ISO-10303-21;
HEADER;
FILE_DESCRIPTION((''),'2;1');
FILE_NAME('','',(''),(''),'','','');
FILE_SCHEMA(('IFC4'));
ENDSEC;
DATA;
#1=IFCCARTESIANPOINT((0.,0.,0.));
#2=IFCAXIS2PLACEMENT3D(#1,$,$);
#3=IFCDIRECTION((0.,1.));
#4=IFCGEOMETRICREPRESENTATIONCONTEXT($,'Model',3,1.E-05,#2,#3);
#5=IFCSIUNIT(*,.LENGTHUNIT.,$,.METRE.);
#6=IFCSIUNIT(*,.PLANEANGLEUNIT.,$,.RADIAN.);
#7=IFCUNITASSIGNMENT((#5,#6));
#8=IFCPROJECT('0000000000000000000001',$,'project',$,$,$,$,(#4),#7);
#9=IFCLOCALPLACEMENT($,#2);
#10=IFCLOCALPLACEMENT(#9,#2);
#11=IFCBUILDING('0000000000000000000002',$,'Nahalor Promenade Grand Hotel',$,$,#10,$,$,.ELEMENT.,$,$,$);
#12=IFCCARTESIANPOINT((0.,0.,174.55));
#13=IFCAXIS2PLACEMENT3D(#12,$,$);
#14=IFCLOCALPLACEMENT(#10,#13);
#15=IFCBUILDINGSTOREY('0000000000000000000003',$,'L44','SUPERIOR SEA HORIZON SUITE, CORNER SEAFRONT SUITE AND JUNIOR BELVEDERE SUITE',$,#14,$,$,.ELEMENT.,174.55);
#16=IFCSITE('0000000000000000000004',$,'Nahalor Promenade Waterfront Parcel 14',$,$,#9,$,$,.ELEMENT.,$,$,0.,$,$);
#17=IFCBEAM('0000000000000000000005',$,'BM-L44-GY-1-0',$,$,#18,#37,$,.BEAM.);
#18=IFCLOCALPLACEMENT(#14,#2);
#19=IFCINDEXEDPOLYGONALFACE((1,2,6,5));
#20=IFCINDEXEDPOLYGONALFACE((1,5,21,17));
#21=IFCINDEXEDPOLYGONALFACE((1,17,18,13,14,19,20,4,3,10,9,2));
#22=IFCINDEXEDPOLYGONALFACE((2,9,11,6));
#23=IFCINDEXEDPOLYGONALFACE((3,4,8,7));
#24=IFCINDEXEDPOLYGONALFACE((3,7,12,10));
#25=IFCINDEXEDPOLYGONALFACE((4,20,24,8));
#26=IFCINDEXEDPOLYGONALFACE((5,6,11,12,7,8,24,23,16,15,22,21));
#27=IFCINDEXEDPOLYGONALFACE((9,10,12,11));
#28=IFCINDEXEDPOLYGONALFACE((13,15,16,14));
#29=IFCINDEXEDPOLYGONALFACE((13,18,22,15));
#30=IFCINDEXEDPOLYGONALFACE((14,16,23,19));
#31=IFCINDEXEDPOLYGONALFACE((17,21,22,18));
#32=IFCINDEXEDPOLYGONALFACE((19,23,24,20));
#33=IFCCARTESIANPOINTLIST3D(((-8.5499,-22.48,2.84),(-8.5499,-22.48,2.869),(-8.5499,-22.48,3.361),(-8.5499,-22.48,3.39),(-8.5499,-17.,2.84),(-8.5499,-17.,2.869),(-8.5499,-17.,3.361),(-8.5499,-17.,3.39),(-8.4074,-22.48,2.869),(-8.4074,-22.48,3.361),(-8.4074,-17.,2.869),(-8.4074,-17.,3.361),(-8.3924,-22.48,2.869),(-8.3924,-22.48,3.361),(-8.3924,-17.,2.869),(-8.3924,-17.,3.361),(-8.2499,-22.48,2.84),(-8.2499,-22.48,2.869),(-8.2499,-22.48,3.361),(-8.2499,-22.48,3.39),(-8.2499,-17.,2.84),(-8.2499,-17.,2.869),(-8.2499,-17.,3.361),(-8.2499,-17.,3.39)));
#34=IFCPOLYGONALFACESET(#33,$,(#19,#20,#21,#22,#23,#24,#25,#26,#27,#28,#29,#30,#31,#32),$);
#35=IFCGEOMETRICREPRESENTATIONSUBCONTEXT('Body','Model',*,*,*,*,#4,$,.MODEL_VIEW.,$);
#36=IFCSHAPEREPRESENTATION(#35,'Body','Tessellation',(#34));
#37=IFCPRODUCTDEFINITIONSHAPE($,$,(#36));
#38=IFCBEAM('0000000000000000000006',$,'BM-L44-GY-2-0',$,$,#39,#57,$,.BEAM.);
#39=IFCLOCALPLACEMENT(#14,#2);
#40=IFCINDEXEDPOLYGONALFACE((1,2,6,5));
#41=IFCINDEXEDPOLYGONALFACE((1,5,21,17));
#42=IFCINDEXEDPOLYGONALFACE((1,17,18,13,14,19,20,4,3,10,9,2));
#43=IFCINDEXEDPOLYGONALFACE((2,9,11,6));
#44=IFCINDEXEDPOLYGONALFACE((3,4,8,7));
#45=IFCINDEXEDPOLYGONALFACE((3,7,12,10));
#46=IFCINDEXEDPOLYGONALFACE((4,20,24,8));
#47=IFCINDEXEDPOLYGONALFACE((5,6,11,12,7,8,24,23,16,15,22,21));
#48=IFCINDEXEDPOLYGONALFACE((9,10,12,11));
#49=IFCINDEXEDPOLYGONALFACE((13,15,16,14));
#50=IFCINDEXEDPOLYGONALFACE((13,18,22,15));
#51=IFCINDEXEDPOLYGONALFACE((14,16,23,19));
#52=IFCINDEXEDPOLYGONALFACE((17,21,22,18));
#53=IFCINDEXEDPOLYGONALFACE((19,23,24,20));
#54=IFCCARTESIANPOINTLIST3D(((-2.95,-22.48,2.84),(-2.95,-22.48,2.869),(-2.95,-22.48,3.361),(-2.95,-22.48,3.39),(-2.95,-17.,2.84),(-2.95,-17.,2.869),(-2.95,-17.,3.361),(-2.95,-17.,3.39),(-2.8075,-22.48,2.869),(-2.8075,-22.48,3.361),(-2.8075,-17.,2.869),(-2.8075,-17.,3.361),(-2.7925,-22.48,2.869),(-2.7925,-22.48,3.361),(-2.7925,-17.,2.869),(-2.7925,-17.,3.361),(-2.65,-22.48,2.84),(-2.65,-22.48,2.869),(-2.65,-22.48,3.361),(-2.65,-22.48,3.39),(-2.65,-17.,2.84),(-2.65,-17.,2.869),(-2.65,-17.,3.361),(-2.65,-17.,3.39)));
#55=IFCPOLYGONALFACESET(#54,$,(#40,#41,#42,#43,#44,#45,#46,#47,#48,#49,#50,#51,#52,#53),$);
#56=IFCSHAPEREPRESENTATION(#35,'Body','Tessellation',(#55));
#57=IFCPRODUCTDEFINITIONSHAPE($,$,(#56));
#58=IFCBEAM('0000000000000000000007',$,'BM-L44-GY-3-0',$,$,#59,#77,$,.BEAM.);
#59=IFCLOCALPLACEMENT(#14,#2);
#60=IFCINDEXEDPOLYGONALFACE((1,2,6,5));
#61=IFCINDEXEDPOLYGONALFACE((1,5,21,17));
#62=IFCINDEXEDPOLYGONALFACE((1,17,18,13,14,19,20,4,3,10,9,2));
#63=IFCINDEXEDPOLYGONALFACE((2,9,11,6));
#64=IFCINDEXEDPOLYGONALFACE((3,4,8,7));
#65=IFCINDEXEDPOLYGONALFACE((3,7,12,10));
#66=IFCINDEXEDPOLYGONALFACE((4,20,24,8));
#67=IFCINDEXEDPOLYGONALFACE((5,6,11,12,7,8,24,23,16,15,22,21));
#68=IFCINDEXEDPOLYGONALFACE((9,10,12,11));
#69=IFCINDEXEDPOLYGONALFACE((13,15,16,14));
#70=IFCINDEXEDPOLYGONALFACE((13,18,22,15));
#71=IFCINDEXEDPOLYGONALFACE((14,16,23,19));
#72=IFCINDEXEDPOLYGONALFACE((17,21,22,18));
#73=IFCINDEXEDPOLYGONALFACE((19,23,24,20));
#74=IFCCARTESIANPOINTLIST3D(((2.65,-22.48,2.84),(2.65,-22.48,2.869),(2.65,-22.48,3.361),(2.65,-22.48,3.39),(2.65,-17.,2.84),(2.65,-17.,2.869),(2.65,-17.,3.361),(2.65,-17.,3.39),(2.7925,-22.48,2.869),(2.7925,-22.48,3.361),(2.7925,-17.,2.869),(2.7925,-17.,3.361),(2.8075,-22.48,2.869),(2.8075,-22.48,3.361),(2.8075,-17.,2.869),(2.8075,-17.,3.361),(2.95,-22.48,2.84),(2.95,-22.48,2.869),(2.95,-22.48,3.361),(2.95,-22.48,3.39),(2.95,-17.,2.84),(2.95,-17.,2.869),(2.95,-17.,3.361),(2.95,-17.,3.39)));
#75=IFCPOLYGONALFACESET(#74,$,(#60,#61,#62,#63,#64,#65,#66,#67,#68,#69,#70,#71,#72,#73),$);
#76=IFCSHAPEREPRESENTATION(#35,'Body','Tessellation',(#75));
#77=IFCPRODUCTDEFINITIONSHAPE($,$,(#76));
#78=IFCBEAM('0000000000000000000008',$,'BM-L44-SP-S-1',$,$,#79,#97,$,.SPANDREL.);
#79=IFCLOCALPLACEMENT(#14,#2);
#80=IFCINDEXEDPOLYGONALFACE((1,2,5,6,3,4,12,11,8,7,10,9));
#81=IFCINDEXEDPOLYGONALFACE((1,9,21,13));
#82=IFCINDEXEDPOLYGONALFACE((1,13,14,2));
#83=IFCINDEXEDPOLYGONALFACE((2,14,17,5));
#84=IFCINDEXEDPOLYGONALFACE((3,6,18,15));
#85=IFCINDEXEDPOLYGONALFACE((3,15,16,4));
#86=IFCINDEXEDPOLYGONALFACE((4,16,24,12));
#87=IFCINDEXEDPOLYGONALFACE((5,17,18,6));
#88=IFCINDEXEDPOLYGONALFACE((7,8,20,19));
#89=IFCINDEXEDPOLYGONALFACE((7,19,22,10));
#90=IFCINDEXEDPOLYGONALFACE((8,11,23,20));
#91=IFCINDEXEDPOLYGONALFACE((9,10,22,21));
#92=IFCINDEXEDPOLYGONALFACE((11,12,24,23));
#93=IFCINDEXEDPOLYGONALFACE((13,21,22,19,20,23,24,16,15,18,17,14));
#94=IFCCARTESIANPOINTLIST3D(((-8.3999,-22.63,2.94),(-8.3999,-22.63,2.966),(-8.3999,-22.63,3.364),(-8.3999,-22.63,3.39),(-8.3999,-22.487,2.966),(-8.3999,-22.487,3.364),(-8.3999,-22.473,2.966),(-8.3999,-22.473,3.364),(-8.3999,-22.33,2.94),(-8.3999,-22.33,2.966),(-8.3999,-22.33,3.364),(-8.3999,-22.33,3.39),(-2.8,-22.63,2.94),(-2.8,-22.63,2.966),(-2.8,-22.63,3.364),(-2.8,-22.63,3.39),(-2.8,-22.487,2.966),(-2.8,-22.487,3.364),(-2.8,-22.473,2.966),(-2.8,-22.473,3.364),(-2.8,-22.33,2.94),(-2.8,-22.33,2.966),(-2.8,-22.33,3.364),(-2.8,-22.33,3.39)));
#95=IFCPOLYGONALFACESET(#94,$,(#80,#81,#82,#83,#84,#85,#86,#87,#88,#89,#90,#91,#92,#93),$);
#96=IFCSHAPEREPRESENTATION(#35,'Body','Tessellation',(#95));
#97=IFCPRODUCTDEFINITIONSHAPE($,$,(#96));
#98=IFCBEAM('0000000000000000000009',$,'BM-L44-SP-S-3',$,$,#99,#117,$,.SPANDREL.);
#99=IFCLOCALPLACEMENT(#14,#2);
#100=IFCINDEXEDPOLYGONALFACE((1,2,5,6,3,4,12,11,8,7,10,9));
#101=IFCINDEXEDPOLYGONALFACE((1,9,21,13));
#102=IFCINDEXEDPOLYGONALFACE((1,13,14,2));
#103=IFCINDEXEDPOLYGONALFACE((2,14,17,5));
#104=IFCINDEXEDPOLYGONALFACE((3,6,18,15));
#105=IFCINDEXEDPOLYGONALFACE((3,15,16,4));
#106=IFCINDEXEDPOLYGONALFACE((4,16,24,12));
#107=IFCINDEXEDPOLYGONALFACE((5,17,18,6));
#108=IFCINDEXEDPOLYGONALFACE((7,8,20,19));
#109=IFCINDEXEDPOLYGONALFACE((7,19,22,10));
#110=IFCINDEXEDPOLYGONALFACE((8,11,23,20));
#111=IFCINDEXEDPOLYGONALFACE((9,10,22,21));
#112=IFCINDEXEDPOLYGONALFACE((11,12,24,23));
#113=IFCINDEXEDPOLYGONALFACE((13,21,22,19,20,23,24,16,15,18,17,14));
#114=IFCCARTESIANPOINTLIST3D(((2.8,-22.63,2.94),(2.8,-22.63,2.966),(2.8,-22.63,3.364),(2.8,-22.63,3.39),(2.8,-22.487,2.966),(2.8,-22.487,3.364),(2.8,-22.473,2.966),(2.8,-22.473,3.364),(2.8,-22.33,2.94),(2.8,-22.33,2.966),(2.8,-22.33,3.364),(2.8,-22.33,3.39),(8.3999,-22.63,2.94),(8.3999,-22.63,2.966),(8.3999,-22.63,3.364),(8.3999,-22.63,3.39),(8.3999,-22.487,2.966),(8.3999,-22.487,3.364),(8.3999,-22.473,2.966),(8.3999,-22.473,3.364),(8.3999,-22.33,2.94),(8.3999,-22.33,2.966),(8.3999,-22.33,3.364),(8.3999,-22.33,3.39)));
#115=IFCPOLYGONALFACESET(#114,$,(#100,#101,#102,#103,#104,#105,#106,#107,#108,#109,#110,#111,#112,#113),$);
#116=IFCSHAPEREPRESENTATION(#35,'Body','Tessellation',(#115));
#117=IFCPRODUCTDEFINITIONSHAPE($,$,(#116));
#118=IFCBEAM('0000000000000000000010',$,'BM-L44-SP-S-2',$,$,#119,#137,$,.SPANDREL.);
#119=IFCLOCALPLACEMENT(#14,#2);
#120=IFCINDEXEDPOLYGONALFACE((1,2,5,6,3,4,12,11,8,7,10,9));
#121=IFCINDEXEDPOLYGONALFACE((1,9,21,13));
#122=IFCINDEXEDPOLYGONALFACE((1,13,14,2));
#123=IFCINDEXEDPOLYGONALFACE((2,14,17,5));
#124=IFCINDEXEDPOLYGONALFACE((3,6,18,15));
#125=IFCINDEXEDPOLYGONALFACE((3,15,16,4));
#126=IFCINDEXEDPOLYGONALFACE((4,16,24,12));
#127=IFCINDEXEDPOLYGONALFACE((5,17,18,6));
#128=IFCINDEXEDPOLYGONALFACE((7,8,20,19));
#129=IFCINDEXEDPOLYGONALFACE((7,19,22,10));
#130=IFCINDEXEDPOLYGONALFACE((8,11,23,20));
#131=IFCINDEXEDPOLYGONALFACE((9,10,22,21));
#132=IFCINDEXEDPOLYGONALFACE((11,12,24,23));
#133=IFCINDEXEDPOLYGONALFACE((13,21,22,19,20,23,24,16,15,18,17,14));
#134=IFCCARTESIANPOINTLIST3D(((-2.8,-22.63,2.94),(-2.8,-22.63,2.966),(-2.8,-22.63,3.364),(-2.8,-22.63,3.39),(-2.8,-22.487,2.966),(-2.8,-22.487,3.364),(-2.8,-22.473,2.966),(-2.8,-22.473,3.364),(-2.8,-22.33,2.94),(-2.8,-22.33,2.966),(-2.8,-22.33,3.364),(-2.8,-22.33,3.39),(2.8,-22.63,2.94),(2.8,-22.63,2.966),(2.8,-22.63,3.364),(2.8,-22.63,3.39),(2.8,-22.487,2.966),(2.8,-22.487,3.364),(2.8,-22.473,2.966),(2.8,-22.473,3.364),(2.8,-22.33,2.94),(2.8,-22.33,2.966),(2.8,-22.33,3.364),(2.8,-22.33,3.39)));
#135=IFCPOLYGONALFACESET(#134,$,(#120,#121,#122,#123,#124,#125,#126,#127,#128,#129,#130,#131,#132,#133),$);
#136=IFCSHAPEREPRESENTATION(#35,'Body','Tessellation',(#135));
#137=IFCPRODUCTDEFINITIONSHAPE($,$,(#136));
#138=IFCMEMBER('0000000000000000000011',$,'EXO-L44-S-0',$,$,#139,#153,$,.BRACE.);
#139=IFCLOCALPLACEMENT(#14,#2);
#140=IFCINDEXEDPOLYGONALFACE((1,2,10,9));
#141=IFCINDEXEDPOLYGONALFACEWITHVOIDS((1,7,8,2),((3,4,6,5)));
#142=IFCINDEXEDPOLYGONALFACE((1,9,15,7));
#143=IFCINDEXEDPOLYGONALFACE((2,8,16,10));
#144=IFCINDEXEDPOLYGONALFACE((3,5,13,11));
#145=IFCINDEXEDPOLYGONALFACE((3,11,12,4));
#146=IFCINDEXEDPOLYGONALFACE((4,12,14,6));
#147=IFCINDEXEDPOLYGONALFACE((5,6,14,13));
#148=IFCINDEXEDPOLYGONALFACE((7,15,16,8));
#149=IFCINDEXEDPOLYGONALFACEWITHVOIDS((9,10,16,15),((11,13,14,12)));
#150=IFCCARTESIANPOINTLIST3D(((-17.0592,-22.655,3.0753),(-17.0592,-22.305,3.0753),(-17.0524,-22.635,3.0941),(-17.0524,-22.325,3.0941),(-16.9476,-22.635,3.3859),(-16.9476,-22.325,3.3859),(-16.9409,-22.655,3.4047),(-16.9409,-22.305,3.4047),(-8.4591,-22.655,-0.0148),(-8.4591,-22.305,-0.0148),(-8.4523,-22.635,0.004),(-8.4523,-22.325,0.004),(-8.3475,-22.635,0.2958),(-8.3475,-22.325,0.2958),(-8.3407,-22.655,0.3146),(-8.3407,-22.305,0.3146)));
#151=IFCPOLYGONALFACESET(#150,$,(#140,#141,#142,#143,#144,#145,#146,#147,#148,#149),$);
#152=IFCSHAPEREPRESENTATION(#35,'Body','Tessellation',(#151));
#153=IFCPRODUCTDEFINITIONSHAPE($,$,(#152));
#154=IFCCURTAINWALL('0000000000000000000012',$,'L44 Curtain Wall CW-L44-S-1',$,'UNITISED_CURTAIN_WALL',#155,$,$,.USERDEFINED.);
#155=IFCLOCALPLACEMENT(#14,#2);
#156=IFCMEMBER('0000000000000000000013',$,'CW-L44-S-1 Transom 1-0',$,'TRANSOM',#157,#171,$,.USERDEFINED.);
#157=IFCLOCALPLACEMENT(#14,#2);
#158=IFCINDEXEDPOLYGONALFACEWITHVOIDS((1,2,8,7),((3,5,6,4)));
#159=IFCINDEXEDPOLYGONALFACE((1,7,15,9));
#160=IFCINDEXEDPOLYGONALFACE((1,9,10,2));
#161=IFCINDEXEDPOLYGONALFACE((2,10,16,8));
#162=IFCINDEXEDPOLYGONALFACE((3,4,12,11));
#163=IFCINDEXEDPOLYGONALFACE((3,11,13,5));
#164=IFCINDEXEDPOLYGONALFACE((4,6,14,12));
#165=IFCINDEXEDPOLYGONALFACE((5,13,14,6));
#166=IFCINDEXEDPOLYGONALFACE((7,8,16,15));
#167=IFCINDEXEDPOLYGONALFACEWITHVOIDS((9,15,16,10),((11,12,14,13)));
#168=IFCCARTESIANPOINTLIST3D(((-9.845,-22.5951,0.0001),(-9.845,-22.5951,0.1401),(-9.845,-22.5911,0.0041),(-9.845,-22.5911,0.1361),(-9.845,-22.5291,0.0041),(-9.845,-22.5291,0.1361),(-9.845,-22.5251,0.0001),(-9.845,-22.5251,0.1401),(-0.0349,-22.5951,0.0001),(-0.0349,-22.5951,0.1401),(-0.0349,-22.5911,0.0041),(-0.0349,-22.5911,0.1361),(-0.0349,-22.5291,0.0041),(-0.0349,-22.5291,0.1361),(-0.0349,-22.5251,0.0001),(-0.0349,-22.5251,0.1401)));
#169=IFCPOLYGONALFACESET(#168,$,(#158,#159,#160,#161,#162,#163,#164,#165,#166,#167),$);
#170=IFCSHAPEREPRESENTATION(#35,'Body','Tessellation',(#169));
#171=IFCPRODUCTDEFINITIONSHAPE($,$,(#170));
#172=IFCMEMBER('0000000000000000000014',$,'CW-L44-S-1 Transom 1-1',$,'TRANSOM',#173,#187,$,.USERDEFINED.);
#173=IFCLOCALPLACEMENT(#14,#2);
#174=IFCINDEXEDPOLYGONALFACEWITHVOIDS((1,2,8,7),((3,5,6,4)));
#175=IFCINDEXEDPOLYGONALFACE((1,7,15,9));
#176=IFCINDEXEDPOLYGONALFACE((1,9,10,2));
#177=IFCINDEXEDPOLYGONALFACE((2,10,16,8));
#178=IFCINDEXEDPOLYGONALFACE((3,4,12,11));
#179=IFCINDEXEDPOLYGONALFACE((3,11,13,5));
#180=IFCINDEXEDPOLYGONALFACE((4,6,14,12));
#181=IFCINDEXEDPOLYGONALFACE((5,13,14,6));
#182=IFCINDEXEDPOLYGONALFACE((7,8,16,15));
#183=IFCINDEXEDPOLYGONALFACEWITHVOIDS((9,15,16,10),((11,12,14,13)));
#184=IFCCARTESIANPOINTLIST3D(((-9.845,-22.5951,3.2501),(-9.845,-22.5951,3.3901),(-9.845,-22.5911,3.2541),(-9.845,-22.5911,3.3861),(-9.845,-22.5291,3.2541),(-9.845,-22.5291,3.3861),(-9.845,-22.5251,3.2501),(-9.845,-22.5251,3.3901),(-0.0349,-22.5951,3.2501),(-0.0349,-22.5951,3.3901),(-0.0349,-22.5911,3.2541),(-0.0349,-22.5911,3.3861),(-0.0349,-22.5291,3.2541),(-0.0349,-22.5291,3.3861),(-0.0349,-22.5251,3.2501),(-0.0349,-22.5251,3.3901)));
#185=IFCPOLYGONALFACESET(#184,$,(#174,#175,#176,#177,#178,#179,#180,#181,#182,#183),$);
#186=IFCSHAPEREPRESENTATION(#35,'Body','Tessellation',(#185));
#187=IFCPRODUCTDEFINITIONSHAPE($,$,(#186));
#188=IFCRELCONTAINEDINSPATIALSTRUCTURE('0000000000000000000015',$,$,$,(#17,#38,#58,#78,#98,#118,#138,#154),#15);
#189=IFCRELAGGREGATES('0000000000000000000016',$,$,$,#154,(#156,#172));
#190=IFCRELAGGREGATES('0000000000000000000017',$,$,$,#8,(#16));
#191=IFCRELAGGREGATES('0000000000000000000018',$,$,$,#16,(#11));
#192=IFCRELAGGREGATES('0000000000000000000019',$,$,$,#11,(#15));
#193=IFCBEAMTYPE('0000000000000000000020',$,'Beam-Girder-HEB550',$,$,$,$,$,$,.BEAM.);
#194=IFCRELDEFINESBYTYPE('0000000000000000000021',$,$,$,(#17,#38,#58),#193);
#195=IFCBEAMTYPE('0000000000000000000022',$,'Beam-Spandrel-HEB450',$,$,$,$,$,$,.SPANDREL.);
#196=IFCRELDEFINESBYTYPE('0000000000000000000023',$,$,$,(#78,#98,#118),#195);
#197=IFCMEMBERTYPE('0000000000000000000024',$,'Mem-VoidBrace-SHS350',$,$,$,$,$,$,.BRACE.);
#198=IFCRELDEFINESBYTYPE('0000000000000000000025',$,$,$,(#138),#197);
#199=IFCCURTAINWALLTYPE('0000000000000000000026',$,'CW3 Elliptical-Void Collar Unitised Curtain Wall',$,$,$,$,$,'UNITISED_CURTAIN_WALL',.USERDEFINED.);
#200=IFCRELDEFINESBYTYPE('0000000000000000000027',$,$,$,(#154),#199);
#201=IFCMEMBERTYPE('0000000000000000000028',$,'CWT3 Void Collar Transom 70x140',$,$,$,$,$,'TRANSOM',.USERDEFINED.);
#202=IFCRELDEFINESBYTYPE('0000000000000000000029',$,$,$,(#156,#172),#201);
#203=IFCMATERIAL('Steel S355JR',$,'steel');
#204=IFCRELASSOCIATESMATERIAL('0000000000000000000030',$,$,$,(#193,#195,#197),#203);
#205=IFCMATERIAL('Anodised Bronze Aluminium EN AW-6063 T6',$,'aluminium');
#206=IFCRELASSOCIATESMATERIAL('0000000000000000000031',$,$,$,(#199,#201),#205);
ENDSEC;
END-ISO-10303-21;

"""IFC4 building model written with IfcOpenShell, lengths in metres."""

from ifc_helpers import new_model, si_unit, direction, frame, origin, origin_2d, place, context, subcontext, project, spatial, hollow_rectangle, i_section, extrude, source, transform, mapped, material, material_profile, profile_set, type_object, element, aggregate, save


model = new_model("IFC4")

# Units and contexts
model_context = context("Model", 3, precision=1e-05, world=origin(), true_north=direction((0.0, 1.0)))
body_context = subcontext(model_context, "Body", "Model", "MODEL_VIEW")
ifc_project = project(units=[si_unit("LENGTHUNIT", "METRE"), si_unit("PLANEANGLEUNIT", "RADIAN")], contexts=[model_context])

# Site, building, storey
site_placement = place(None, origin())
site = spatial("IfcSite", under=ifc_project, at=site_placement, Name="Nahalor Promenade Waterfront Parcel 14", CompositionType="ELEMENT", RefElevation=0.0)
building_placement = place(site_placement, origin())
building = spatial("IfcBuilding", under=site, at=building_placement, Name="Nahalor Promenade Grand Hotel", CompositionType="ELEMENT")
storey_placement = place(building_placement, frame((0.0, 0.0, 174.55)))
storey = spatial("IfcBuildingStorey", under=building, at=storey_placement, Name="L44", Description="SUPERIOR SEA HORIZON SUITE, CORNER SEAFRONT SUITE AND JUNIOR BELVEDERE SUITE", CompositionType="ELEMENT", Elevation=174.55)

# Beams
ifc_material_1 = material(Name="Steel S355JR", Category="steel")
ifc_material_profile_1 = material_profile(ifc_material_1, i_section(OverallWidth=0.3, OverallDepth=0.55, WebThickness=0.015, FlangeThickness=0.029, at=origin_2d()), Name="HEB 550")
ifc_profile_set_1 = profile_set([ifc_material_profile_1], Name="Steel S355JR")
beam_type_1 = type_object("IfcBeamType", Name="Beam-Girder-HEB550", PredefinedType="BEAM", material=ifc_profile_set_1)
shared_shape_1 = source(origin(), body_context, "Body", "SweptSolid", [
    extrude(i_section(OverallWidth=0.3, OverallDepth=0.55, WebThickness=0.015, FlangeThickness=0.029, at=origin_2d()), origin(), (0.0, 0.0, 1.0), 5.48),
])
for number, where, z_axis, x_axis, name in (
    (1, (-8.3999, -22.48, 3.115), (0.0, 1.0, 0.0), (-1.0, 0.0, 0.0), "BM-L44-GY-1-0"),
    (2, (-2.8, -22.48, 3.115), (0.0, 1.0, 0.0), (-1.0, 0.0, 0.0), "BM-L44-GY-2-0"),
    (3, (2.8, -22.48, 3.115), (0.0, 1.0, 0.0), (-1.0, 0.0, 0.0), "BM-L44-GY-3-0"),
):
    element("IfcBeam", number, at=place(storey_placement, frame(where, z_axis=z_axis, x_axis=x_axis)), inside=storey, type_object=beam_type_1, Name=name, PredefinedType="BEAM", context=body_context, shape_type="MappedRepresentation", body=[
        mapped(shared_shape_1, transform((0.0, 0.0, 0.0), scale=1.0)),
    ])
ifc_material_profile_2 = material_profile(ifc_material_1, i_section(OverallWidth=0.3, OverallDepth=0.45, WebThickness=0.014, FlangeThickness=0.026, at=origin_2d()), Name="HEB 450")
ifc_profile_set_2 = profile_set([ifc_material_profile_2], Name="Steel S355JR")
beam_type_2 = type_object("IfcBeamType", Name="Beam-Spandrel-HEB450", PredefinedType="SPANDREL", material=ifc_profile_set_2)
shared_shape_2 = source(origin(), body_context, "Body", "SweptSolid", [
    extrude(i_section(OverallWidth=0.3, OverallDepth=0.45, WebThickness=0.014, FlangeThickness=0.026, at=origin_2d()), origin(), (0.0, 0.0, 1.0), 5.5999),
])
for number, where, z_axis, x_axis, name in (
    (4, (-8.3999, -22.48, 3.165), (1.0, 0.0, 0.0), (0.0, 1.0, 0.0), "BM-L44-SP-S-1"),
    (5, (2.8, -22.48, 3.165), (1.0, 0.0, 0.0), (0.0, 1.0, 0.0), "BM-L44-SP-S-3"),
):
    element("IfcBeam", number, at=place(storey_placement, frame(where, z_axis=z_axis, x_axis=x_axis)), inside=storey, type_object=beam_type_2, Name=name, PredefinedType="SPANDREL", context=body_context, shape_type="MappedRepresentation", body=[
        mapped(shared_shape_2, transform((0.0, 0.0, 0.0), scale=1.0)),
    ])
shared_shape_3 = source(origin(), body_context, "Body", "SweptSolid", [
    extrude(i_section(OverallWidth=0.3, OverallDepth=0.45, WebThickness=0.014, FlangeThickness=0.026, at=origin_2d()), origin(), (0.0, 0.0, 1.0), 5.6001),
])
beam_1_placement = place(storey_placement, frame((-2.8, -22.48, 3.165), z_axis=(1.0, 0.0, 0.0), x_axis=(0.0, 1.0, 0.0)))
element("IfcBeam", 6, at=beam_1_placement, inside=storey, type_object=beam_type_2, Name="BM-L44-SP-S-2", PredefinedType="SPANDREL", context=body_context, shape_type="MappedRepresentation", body=[
    mapped(shared_shape_3, transform((0.0, 0.0, 0.0), scale=1.0)),
])

# Member
ifc_material_profile_3 = material_profile(ifc_material_1, hollow_rectangle(XDim=0.35, YDim=0.35, WallThickness=0.02, at=origin_2d()), Name="SHS 350x350x20")
ifc_profile_set_3 = profile_set([ifc_material_profile_3], Name="Steel S355JR")
member_type_1 = type_object("IfcMemberType", Name="Mem-VoidBrace-SHS350", PredefinedType="BRACE", material=ifc_profile_set_3)
shared_shape_4 = source(origin(), body_context, "Body", "SweptSolid", [
    extrude(hollow_rectangle(XDim=0.35, YDim=0.35, WallThickness=0.02, at=origin_2d()), origin(), (0.0, 0.0, 1.0), 9.1384),
])
member_1_placement = place(storey_placement, frame((-8.3999, -22.48, 0.1499), z_axis=(-0.941095, 0.0, 0.338143), x_axis=(0.0, -1.0, 0.0)))
element("IfcMember", 7, at=member_1_placement, inside=storey, type_object=member_type_1, Name="EXO-L44-S-0", PredefinedType="BRACE", context=body_context, shape_type="MappedRepresentation", body=[
    mapped(shared_shape_4, transform((0.0, 0.0, 0.0), scale=1.0)),
])

# Curtain wall, members
ifc_material_2 = material(Name="Anodised Bronze Aluminium EN AW-6063 T6", Category="aluminium")
curtain_wall_type = type_object("IfcCurtainWallType", Name="CW3 Elliptical-Void Collar Unitised Curtain Wall", ElementType="UNITISED_CURTAIN_WALL", PredefinedType="USERDEFINED", material=ifc_material_2)
curtain_wall_placement = place(storey_placement, origin())
curtain_wall = element("IfcCurtainWall", 8, at=curtain_wall_placement, inside=storey, type_object=curtain_wall_type, Name="L44 Curtain Wall CW-L44-S-1", ObjectType="UNITISED_CURTAIN_WALL", PredefinedType="USERDEFINED")
ifc_material_profile_4 = material_profile(ifc_material_2, hollow_rectangle(XDim=0.07, YDim=0.14, WallThickness=0.004, at=origin_2d()), Name="CWT 70x140x4")
ifc_profile_set_4 = profile_set([ifc_material_profile_4], Name="Anodised Bronze Aluminium EN AW-6063 T6")
member_type_2 = type_object("IfcMemberType", Name="CWT3 Void Collar Transom 70x140", ElementType="TRANSOM", PredefinedType="USERDEFINED", material=ifc_profile_set_4)
shared_shape_5 = source(origin(), body_context, "Body", "SweptSolid", [
    extrude(hollow_rectangle(XDim=0.07, YDim=0.14, WallThickness=0.004, at=origin_2d()), origin(), (0.0, 0.0, 1.0), 9.8101),
])
member_2_placement = place(storey_placement, frame((-9.845, -22.5601, 0.0701), z_axis=(1.0, 0.0, 0.0), x_axis=(0.0, 1.0, 0.0)))
member_2 = element("IfcMember", 9, at=member_2_placement, type_object=member_type_2, Name="CW-L44-S-1 Transom 1-0", ObjectType="TRANSOM", PredefinedType="USERDEFINED", context=body_context, shape_type="MappedRepresentation", body=[
    mapped(shared_shape_5, transform((0.0, 0.0, 0.0), scale=1.0)),
])
member_3_placement = place(storey_placement, frame((-9.845, -22.5601, 3.3201), z_axis=(1.0, 0.0, 0.0), x_axis=(0.0, 1.0, 0.0)))
member_3 = element("IfcMember", 10, at=member_3_placement, type_object=member_type_2, Name="CW-L44-S-1 Transom 1-1", ObjectType="TRANSOM", PredefinedType="USERDEFINED", context=body_context, shape_type="MappedRepresentation", body=[
    mapped(shared_shape_5, transform((0.0, 0.0, 0.0), scale=1.0)),
])
aggregate(curtain_wall, [member_2, member_3])

save(model, "model.ifc")
